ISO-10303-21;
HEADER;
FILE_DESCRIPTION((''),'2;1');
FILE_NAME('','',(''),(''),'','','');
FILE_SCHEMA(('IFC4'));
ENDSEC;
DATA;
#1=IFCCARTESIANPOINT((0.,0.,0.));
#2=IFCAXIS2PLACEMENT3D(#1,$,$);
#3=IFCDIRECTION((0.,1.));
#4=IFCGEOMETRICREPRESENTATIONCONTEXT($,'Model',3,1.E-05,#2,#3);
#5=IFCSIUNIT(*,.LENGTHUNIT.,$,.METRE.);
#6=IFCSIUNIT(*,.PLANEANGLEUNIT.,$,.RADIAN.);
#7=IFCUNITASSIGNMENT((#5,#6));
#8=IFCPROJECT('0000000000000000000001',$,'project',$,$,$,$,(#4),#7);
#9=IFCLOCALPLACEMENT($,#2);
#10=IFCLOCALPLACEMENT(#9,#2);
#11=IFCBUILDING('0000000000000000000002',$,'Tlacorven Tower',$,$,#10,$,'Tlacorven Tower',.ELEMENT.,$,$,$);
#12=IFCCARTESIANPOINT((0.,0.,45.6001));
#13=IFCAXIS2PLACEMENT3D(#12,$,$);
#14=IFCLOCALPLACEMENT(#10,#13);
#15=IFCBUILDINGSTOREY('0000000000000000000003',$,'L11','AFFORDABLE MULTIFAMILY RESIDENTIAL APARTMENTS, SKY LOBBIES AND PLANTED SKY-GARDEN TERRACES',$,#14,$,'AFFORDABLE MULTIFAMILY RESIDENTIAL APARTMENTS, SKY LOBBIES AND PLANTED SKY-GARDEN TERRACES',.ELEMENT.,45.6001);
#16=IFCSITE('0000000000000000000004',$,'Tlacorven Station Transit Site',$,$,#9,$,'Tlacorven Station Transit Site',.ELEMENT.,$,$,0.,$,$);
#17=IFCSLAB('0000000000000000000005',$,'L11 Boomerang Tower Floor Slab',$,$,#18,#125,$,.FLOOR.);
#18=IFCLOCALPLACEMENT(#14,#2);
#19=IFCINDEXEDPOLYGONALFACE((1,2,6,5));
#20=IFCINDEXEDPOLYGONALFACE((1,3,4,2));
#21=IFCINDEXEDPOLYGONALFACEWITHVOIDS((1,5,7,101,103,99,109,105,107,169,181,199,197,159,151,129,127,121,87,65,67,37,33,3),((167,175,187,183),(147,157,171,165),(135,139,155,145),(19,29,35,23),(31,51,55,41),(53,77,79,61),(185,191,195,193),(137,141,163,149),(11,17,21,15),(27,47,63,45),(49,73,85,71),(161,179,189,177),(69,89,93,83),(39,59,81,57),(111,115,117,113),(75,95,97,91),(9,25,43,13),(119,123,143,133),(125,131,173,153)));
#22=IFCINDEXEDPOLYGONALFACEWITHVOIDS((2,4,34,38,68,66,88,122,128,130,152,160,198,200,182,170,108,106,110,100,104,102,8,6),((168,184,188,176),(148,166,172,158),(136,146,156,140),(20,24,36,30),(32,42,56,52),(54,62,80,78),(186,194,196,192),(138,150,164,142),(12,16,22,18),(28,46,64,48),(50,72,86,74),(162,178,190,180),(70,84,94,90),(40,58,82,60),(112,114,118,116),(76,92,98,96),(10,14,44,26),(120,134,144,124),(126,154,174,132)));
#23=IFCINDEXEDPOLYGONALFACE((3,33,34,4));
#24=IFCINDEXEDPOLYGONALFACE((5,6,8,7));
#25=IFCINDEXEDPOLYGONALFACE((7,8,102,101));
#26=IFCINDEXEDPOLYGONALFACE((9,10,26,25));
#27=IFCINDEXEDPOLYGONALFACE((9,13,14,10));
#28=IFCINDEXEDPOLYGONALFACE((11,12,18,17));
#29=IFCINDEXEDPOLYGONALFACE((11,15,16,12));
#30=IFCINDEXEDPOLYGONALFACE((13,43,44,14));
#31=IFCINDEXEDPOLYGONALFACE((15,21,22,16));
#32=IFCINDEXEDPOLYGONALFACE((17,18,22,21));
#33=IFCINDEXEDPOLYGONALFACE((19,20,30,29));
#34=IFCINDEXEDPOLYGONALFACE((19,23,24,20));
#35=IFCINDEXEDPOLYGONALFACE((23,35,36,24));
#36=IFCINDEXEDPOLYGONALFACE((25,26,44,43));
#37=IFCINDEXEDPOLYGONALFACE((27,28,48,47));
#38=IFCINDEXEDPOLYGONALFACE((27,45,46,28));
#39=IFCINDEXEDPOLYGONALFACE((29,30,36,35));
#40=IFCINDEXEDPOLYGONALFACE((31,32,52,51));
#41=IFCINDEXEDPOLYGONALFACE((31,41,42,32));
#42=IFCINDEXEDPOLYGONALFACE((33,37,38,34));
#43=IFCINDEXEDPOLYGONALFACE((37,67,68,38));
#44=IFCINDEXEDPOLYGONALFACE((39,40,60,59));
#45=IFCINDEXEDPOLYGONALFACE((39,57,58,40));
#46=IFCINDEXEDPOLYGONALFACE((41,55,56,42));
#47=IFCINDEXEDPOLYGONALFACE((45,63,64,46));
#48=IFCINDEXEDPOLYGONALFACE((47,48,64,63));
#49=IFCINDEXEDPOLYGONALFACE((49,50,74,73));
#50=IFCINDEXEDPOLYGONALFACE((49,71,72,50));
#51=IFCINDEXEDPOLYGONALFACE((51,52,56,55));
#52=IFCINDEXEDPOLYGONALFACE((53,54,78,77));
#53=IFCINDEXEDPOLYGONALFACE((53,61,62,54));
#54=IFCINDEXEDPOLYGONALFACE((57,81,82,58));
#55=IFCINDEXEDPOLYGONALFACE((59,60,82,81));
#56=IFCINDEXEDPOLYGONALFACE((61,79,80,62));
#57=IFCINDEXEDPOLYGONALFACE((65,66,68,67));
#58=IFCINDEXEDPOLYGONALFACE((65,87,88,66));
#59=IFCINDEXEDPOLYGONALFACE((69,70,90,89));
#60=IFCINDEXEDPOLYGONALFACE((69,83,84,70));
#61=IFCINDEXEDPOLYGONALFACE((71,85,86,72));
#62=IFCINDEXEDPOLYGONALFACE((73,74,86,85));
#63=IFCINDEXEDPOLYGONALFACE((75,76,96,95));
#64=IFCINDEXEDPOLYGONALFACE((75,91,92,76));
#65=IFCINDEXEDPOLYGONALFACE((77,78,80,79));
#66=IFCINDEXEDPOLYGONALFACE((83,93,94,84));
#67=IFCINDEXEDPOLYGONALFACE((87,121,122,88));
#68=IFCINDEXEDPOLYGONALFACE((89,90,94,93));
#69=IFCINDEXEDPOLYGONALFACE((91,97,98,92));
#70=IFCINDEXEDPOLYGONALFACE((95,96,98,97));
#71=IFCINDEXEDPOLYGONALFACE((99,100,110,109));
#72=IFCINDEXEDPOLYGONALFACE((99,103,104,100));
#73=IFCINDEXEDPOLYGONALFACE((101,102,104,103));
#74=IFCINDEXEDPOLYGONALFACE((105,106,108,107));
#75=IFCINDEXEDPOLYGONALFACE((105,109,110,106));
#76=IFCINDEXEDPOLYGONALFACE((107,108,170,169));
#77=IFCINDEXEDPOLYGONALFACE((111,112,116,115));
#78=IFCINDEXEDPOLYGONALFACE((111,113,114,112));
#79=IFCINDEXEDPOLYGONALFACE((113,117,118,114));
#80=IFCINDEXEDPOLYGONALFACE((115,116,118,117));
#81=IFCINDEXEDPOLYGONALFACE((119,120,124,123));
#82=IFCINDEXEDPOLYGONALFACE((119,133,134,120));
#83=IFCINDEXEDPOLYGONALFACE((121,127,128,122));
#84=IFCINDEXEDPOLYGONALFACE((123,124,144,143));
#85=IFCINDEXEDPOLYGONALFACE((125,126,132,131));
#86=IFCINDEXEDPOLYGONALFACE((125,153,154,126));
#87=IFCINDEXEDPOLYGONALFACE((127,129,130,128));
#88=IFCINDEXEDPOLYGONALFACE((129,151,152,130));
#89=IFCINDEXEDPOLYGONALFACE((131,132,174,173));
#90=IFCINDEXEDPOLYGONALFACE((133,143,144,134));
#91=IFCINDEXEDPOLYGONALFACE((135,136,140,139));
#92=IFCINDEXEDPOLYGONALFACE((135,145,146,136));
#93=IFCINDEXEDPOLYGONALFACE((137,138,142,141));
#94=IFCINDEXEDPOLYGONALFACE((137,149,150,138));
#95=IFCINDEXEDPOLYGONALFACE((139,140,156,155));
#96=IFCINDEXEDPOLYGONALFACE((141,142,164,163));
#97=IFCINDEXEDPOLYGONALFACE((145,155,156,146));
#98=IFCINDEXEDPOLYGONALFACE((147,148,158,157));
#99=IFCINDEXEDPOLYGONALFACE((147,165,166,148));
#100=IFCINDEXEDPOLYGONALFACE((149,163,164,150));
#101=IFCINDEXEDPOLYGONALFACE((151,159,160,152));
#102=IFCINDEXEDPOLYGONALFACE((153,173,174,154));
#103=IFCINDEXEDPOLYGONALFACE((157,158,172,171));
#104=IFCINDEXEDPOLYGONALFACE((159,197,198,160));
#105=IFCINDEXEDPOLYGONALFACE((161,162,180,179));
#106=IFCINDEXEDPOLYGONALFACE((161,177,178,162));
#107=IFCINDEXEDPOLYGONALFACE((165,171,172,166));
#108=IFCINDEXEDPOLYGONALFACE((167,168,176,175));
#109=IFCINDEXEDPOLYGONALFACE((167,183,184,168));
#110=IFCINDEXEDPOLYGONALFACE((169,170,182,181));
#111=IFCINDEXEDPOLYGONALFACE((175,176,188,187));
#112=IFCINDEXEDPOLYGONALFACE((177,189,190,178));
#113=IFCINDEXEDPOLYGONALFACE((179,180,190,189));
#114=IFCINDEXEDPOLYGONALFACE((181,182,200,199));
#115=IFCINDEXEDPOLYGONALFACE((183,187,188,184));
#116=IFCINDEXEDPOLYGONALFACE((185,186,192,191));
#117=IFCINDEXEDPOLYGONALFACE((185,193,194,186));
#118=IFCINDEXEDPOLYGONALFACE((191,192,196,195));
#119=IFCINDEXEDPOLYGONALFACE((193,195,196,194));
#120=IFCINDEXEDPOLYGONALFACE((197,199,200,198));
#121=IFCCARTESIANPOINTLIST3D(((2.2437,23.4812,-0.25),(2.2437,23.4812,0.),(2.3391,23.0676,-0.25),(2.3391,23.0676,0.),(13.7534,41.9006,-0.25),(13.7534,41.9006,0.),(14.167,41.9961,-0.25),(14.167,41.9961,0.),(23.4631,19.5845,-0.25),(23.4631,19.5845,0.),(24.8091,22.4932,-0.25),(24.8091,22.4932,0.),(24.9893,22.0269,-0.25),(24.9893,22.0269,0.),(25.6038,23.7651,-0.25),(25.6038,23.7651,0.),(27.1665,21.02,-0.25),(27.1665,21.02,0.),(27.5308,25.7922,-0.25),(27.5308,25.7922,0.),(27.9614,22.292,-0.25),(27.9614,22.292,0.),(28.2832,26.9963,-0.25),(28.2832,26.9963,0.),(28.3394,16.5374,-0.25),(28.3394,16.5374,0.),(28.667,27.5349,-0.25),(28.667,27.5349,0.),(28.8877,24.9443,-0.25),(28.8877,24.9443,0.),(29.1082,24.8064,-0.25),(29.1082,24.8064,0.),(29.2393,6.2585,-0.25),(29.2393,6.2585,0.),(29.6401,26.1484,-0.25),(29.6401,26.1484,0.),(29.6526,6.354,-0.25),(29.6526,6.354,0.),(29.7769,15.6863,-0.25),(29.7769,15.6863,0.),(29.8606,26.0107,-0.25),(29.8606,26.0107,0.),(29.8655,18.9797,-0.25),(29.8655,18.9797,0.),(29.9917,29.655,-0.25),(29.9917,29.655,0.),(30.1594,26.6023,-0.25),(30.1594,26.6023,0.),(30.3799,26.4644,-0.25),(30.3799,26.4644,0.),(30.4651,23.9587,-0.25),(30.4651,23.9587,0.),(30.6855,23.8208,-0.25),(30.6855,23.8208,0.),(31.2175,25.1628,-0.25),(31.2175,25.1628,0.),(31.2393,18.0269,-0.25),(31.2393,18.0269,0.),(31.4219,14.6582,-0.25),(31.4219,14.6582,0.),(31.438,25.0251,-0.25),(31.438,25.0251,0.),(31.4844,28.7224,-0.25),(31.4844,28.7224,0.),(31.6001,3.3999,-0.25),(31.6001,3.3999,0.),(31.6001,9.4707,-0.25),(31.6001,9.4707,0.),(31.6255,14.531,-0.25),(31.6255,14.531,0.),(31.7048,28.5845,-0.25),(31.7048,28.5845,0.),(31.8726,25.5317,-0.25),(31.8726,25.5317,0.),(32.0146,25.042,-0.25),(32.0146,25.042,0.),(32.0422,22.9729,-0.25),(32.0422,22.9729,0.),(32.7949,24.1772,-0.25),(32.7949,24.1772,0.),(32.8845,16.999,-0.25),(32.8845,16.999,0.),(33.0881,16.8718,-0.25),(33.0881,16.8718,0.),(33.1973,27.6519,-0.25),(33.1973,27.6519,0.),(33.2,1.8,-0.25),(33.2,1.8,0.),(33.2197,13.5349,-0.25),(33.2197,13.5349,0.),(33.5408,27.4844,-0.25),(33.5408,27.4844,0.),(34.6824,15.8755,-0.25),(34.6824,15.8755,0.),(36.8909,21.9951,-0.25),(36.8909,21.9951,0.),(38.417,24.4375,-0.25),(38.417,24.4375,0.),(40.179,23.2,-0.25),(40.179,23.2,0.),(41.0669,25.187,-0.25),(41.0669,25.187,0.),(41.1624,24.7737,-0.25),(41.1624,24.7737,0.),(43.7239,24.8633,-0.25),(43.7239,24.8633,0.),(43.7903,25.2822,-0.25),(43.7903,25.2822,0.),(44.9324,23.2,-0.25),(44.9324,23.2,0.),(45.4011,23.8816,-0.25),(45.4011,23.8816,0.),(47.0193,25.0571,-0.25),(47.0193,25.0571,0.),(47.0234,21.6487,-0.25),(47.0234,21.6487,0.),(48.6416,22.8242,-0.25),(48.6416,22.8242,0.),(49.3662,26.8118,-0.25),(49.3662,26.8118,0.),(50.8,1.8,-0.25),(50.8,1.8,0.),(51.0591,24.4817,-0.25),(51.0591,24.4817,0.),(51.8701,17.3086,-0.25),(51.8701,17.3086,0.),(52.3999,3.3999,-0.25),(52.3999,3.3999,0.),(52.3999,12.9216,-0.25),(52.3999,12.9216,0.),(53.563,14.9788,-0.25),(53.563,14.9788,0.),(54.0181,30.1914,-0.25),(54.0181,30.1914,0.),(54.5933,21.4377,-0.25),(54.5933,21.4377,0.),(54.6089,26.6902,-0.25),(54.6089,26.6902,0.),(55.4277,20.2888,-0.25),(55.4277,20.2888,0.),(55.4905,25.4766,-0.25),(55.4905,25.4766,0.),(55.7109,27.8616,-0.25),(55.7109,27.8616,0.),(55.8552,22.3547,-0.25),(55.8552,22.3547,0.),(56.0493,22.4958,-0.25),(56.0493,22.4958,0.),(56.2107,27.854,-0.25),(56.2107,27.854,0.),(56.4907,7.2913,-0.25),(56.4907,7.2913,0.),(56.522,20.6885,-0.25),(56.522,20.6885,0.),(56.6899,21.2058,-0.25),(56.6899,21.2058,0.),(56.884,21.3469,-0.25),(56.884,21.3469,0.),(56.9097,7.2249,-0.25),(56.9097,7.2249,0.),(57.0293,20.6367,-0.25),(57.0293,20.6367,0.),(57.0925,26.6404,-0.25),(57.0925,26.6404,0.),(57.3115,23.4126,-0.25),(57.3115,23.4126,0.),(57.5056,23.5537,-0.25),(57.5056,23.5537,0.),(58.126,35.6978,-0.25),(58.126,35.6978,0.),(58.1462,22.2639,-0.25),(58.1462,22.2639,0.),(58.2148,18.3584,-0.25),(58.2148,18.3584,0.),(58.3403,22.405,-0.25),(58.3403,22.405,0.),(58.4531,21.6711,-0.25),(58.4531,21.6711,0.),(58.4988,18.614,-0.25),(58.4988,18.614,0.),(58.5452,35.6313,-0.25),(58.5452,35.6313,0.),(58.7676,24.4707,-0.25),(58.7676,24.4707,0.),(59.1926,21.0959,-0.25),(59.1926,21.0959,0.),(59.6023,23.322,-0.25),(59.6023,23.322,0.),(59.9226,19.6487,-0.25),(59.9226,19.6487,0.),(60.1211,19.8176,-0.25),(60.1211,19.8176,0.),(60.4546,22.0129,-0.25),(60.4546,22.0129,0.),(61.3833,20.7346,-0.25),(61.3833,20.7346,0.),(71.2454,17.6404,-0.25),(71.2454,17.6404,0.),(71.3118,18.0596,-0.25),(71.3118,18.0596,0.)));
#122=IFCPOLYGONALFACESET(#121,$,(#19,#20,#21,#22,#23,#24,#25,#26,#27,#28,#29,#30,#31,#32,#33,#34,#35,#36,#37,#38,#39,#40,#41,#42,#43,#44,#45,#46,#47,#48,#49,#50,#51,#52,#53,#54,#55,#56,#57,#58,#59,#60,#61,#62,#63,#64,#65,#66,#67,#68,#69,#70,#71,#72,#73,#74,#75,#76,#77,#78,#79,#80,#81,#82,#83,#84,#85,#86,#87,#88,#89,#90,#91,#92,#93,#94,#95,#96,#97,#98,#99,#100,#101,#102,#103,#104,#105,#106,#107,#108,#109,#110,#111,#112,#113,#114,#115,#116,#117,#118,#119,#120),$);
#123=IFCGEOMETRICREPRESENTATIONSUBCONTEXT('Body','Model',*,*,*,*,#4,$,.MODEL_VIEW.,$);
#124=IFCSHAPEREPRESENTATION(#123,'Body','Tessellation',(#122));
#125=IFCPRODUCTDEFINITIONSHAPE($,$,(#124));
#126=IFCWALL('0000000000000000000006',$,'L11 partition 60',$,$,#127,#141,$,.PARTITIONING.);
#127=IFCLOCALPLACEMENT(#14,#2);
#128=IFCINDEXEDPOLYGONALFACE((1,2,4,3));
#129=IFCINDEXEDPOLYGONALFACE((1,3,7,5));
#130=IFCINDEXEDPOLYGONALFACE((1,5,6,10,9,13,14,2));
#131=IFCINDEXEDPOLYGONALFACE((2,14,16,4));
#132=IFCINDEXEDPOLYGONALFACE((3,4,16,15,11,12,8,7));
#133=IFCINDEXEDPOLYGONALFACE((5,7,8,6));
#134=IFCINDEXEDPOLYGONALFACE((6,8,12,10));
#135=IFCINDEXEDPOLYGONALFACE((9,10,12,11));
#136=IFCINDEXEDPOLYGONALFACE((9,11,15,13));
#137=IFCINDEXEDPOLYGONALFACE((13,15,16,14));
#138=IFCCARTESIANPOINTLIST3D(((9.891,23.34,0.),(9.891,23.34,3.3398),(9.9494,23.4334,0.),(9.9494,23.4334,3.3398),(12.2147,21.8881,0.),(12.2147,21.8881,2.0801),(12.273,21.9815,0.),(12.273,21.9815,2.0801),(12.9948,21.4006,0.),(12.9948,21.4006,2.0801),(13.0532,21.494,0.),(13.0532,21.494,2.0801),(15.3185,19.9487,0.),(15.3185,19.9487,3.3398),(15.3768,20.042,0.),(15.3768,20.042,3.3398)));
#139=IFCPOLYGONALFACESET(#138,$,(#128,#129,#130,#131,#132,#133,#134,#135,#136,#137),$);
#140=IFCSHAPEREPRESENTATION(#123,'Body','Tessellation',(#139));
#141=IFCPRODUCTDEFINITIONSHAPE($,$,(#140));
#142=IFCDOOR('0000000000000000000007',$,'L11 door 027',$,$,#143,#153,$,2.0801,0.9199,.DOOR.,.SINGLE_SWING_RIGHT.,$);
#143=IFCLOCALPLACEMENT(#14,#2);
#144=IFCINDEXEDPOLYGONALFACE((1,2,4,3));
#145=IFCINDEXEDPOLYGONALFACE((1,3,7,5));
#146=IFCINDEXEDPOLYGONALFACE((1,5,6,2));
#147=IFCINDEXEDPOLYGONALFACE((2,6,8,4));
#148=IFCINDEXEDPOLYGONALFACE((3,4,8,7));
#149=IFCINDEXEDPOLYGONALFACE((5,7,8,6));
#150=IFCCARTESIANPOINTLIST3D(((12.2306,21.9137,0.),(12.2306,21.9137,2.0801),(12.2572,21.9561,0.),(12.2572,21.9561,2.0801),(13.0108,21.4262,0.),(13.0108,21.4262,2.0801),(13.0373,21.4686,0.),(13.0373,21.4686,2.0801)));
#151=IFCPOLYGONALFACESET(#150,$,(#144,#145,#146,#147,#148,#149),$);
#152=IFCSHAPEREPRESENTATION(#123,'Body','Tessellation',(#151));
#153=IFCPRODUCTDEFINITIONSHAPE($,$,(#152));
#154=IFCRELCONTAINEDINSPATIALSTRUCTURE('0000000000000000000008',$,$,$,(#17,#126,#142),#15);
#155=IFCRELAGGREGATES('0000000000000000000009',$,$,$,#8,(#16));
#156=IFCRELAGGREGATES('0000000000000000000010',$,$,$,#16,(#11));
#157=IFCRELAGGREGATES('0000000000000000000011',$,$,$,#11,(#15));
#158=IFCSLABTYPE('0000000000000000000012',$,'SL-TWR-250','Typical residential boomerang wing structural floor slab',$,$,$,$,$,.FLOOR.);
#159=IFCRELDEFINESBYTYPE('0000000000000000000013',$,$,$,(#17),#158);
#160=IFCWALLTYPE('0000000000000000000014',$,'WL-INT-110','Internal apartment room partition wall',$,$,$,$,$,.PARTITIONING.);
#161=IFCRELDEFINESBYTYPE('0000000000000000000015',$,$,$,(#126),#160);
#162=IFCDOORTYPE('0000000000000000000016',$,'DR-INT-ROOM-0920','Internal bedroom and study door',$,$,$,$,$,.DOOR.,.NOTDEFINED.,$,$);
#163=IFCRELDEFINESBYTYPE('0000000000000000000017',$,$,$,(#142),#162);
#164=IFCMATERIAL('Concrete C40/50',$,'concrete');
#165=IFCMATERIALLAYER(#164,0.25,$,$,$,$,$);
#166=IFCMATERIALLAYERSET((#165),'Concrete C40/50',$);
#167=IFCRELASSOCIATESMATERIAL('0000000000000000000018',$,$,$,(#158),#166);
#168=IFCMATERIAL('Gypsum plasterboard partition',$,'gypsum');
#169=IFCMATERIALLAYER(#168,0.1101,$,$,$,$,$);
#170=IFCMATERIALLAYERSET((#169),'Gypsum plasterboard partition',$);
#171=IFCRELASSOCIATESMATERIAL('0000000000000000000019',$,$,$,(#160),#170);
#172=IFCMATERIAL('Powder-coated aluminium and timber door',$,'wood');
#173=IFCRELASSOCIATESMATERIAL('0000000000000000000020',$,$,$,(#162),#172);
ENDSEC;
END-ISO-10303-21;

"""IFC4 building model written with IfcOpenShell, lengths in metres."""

from ifc_helpers import new_model, si_unit, direction, frame, frame_2d, origin, place, context, subcontext, project, spatial, polyline, rectangle, outline, extrude, source, transform, mapped, material, layer, layer_set, type_object, element, fill, save


model = new_model("IFC4")

# Units and contexts
model_context = context("Model", 3, precision=1e-05, world=origin(), true_north=direction((0.0, 1.0)))
body_context = subcontext(model_context, "Body", "Model", "MODEL_VIEW")
ifc_project = project(units=[si_unit("LENGTHUNIT", "METRE"), si_unit("PLANEANGLEUNIT", "RADIAN")], contexts=[model_context])

# Site, building, storey
site_placement = place(None, origin())
site = spatial("IfcSite", under=ifc_project, at=site_placement, Name="Tlacorven Station Transit Site", LongName="Tlacorven Station Transit Site", CompositionType="ELEMENT", RefElevation=0.0)
building_placement = place(site_placement, origin())
building = spatial("IfcBuilding", under=site, at=building_placement, Name="Tlacorven Tower", LongName="Tlacorven Tower", CompositionType="ELEMENT")
storey_placement = place(building_placement, frame((0.0, 0.0, 45.6001)))
storey = spatial("IfcBuildingStorey", under=building, at=storey_placement, Name="L11", Description="AFFORDABLE MULTIFAMILY RESIDENTIAL APARTMENTS, SKY LOBBIES AND PLANTED SKY-GARDEN TERRACES", LongName="AFFORDABLE MULTIFAMILY RESIDENTIAL APARTMENTS, SKY LOBBIES AND PLANTED SKY-GARDEN TERRACES", CompositionType="ELEMENT", Elevation=45.6001)

# Shared definitions
ifc_material_1 = material(Name="Concrete C40/50", Category="concrete")

# Slab
ifc_layer_1 = layer(ifc_material_1, 0.25)
ifc_layer_set_1 = layer_set([ifc_layer_1], Name="Concrete C40/50")
slab_type_1 = type_object("IfcSlabType", Name="SL-TWR-250", Description="Typical residential boomerang wing structural floor slab", PredefinedType="FLOOR", material=ifc_layer_set_1)
slab_1_placement = place(storey_placement, frame((0.0, 0.0, -0.25)))
element("IfcSlab", 1, at=slab_1_placement, inside=storey, type_object=slab_type_1, Name="L11 Boomerang Tower Floor Slab", PredefinedType="FLOOR", context=body_context, shape_type="SweptSolid", body=[
    extrude(outline(polyline([(52.3999, 3.3999), (50.8, 1.8), (33.2, 1.8), (31.6001, 3.3999), (31.6001, 9.4707), (29.6526, 6.354), (29.2393, 6.2585), (2.3391, 23.0676), (2.2437, 23.4812), (13.7534, 41.9006), (14.167, 41.9961), (41.0669, 25.187), (41.1624, 24.7737), (40.179, 23.2), (44.9324, 23.2), (43.7239, 24.8633), (43.7903, 25.2822), (58.126, 35.6978), (58.5452, 35.6313), (71.3118, 18.0596), (71.2454, 17.6404), (56.9097, 7.2249), (56.4907, 7.2913), (52.3999, 12.9216), (52.3999, 3.3999)]), holes=[polyline([(29.8655, 18.9797), (24.9893, 22.0269), (23.4631, 19.5845), (28.3394, 16.5374), (29.8655, 18.9797)]), polyline([(38.417, 24.4375), (33.5408, 27.4844), (32.0146, 25.042), (36.8909, 21.9951), (38.417, 24.4375)]), polyline([(51.0591, 24.4817), (55.7109, 27.8616), (54.0181, 30.1914), (49.3662, 26.8118), (51.0591, 24.4817)]), polyline([(53.563, 14.9788), (58.2148, 18.3584), (56.522, 20.6885), (51.8701, 17.3086), (53.563, 14.9788)]), polyline([(34.6824, 15.8755), (33.0881, 16.8718), (31.6255, 14.531), (33.2197, 13.5349), (34.6824, 15.8755)]), polyline([(32.8845, 16.999), (31.2393, 18.0269), (29.7769, 15.6863), (31.4219, 14.6582), (32.8845, 16.999)]), polyline([(47.0234, 21.6487), (48.6416, 22.8242), (47.0193, 25.0571), (45.4011, 23.8816), (47.0234, 21.6487)]), polyline([(33.1973, 27.6519), (31.7048, 28.5845), (30.3799, 26.4644), (31.8726, 25.5317), (33.1973, 27.6519)]), polyline([(31.4844, 28.7224), (29.9917, 29.655), (28.667, 27.5349), (30.1594, 26.6023), (31.4844, 28.7224)]), polyline([(32.7949, 24.1772), (31.438, 25.0251), (30.6855, 23.8208), (32.0422, 22.9729), (32.7949, 24.1772)]), polyline([(31.2175, 25.1628), (29.8606, 26.0107), (29.1082, 24.8064), (30.4651, 23.9587), (31.2175, 25.1628)]), polyline([(29.6401, 26.1484), (28.2832, 26.9963), (27.5308, 25.7922), (28.8877, 24.9443), (29.6401, 26.1484)]), polyline([(55.4277, 20.2888), (56.6899, 21.2058), (55.8552, 22.3547), (54.5933, 21.4377), (55.4277, 20.2888)]), polyline([(56.884, 21.3469), (58.1462, 22.2639), (57.3115, 23.4126), (56.0493, 22.4958), (56.884, 21.3469)]), polyline([(58.3403, 22.405), (59.6023, 23.322), (58.7676, 24.4707), (57.5056, 23.5537), (58.3403, 22.405)]), polyline([(58.4988, 18.614), (59.9226, 19.6487), (58.4531, 21.6711), (57.0293, 20.6367), (58.4988, 18.614)]), polyline([(27.9614, 22.292), (25.6038, 23.7651), (24.8091, 22.4932), (27.1665, 21.02), (27.9614, 22.292)]), polyline([(55.4905, 25.4766), (57.0925, 26.6404), (56.2107, 27.854), (54.6089, 26.6902), (55.4905, 25.4766)]), polyline([(60.1211, 19.8176), (61.3833, 20.7346), (60.4546, 22.0129), (59.1926, 21.0959), (60.1211, 19.8176)])]), origin(), (0.0, 0.0, 1.0), 0.25),
])

# Wall, opening, door
ifc_material_2 = material(Name="Gypsum plasterboard partition", Category="gypsum")
ifc_layer_2 = layer(ifc_material_2, 0.1101)
ifc_layer_set_2 = layer_set([ifc_layer_2], Name="Gypsum plasterboard partition")
wall_type = type_object("IfcWallType", Name="WL-INT-110", Description="Internal apartment room partition wall", PredefinedType="PARTITIONING", material=ifc_layer_set_2)
wall_placement = place(storey_placement, frame((15.3477, 19.9954, 0.0), z_axis=(0.0, 0.0, 1.0), x_axis=(-0.848056, 0.529906, 0.0)))
wall = element("IfcWall", 2, at=wall_placement, inside=storey, type_object=wall_type, Name="L11 partition 60", PredefinedType="PARTITIONING", context=body_context, shape_type="SweptSolid", body=[
    extrude(rectangle(XDim=6.3999, YDim=0.1101, at=frame_2d((3.2, 0.0))), origin(), (0.0, 0.0, 1.0), 3.3398),
])
opening_placement = place(wall_placement, frame((2.74, 0.0, 0.0)))
opening = element("IfcOpeningElement", 3, at=opening_placement, cuts=wall, PredefinedType="OPENING", context=body_context, shape_type="SweptSolid", body=[
    extrude(rectangle(XDim=0.9199, YDim=2.0801, at=frame_2d((0.46, 1.04))), frame((0.0, 0.0649, 0.0), z_axis=(0.0, -1.0, 0.0), x_axis=(1.0, 0.0, 0.0)), (0.0, 0.0, 1.0), 0.1301),
])
ifc_material_3 = material(Name="Powder-coated aluminium and timber door", Category="wood")
door_type = type_object("IfcDoorType", Name="DR-INT-ROOM-0920", Description="Internal bedroom and study door", OperationType="NOTDEFINED", PredefinedType="DOOR", material=ifc_material_3)
shared_shape_1 = source(origin(), body_context, "Body", "SweptSolid", [
    extrude(rectangle(XDim=0.9199, YDim=2.0801, at=frame_2d((0.46, 1.04))), frame((0.0, 0.0249, 0.0), z_axis=(0.0, -1.0, 0.0), x_axis=(1.0, 0.0, 0.0)), (0.0, 0.0, 1.0), 0.05),
])
door_placement = place(opening_placement, origin())
door = element("IfcDoor", 4, at=door_placement, inside=storey, type_object=door_type, Name="L11 door 027", OperationType="SINGLE_SWING_RIGHT", OverallHeight=2.0801, OverallWidth=0.9199, PredefinedType="DOOR", context=body_context, shape_type="MappedRepresentation", body=[
    mapped(shared_shape_1, transform((0.0, 0.0, 0.0), scale=1.0)),
])
fill(opening, door)

save(model, "model.ifc")
